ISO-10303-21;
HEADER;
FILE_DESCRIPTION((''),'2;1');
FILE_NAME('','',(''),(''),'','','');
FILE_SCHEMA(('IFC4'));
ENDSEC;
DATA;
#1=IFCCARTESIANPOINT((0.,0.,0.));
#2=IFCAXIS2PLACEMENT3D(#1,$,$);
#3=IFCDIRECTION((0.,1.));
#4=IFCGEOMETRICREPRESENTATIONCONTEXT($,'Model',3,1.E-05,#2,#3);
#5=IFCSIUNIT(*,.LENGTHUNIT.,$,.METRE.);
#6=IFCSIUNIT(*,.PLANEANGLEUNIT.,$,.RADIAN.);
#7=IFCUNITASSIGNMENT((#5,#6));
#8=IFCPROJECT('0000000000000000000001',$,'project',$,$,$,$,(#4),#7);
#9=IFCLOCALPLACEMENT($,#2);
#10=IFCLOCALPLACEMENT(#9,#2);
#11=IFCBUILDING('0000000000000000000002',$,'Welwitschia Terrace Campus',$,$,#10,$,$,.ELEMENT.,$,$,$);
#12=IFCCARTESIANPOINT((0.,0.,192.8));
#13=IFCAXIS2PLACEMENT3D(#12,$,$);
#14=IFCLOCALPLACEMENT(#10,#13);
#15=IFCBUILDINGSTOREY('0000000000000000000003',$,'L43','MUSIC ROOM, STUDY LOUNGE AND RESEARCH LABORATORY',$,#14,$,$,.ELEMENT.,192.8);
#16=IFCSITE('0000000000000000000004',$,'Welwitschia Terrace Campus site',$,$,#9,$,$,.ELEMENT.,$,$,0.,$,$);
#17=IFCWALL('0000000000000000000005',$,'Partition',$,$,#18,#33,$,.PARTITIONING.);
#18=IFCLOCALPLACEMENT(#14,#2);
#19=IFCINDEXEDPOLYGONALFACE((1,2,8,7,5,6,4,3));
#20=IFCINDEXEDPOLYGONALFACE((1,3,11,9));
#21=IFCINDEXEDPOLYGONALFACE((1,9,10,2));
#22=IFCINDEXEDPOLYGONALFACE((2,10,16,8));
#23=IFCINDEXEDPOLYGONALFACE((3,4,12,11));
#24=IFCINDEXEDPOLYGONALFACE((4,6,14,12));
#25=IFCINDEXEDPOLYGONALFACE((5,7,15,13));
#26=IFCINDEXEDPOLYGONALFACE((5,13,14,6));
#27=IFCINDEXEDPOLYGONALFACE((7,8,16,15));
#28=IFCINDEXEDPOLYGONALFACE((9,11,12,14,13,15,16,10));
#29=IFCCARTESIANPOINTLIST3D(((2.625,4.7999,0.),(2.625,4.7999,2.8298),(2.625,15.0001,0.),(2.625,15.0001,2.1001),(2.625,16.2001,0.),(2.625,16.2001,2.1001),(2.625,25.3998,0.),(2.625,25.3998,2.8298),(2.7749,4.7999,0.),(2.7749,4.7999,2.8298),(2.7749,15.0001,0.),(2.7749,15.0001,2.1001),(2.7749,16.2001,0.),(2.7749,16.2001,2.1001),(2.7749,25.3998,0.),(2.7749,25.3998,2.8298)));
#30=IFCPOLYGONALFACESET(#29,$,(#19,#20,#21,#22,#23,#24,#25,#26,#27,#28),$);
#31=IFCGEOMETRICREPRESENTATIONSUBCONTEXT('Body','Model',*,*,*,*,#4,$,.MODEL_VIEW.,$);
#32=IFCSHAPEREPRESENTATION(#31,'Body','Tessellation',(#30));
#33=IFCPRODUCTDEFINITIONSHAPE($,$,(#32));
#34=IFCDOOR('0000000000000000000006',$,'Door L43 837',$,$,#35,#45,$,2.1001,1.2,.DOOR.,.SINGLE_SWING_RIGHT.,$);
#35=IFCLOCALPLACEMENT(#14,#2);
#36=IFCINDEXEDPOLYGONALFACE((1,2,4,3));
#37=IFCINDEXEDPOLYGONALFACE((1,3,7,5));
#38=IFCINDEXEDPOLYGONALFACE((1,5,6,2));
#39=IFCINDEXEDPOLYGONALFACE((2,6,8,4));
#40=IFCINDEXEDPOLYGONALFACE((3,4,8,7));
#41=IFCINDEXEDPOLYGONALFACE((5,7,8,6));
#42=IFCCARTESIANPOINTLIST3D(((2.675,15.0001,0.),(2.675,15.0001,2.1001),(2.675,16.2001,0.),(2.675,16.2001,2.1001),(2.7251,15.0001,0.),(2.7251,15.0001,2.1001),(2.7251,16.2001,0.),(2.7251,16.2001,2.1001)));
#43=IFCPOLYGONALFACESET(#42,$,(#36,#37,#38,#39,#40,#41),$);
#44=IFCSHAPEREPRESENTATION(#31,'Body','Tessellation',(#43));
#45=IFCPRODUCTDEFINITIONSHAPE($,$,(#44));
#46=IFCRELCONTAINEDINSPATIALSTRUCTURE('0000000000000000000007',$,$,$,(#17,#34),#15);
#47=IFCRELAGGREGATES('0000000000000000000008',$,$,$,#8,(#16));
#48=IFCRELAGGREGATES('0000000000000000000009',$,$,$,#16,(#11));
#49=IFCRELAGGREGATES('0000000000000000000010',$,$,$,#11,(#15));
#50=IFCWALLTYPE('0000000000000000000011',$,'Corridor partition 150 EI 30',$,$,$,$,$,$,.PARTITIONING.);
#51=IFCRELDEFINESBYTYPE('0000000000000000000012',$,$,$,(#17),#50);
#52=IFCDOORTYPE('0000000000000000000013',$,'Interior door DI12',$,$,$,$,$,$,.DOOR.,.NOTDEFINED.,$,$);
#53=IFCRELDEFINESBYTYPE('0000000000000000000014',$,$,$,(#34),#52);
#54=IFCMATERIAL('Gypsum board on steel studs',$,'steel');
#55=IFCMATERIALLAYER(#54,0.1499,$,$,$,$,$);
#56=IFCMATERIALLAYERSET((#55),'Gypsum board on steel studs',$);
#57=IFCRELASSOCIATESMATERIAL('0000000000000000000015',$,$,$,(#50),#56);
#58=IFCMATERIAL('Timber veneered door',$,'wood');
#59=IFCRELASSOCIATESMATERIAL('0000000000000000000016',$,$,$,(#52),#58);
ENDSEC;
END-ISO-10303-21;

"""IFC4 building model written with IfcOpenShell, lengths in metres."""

from ifc_helpers import new_model, si_unit, direction, frame, frame_2d, origin, place, context, subcontext, project, spatial, rectangle, extrude, material, layer, layer_set, type_object, element, fill, save


model = new_model("IFC4")

# Units and contexts
model_context = context("Model", 3, precision=1e-05, world=origin(), true_north=direction((0.0, 1.0)))
body_context = subcontext(model_context, "Body", "Model", "MODEL_VIEW")
ifc_project = project(units=[si_unit("LENGTHUNIT", "METRE"), si_unit("PLANEANGLEUNIT", "RADIAN")], contexts=[model_context])

# Site, building, storey
site_placement = place(None, origin())
site = spatial("IfcSite", under=ifc_project, at=site_placement, Name="Welwitschia Terrace Campus site", CompositionType="ELEMENT", RefElevation=0.0)
building_placement = place(site_placement, origin())
building = spatial("IfcBuilding", under=site, at=building_placement, Name="Welwitschia Terrace Campus", CompositionType="ELEMENT")
storey_placement = place(building_placement, frame((0.0, 0.0, 192.8)))
storey = spatial("IfcBuildingStorey", under=building, at=storey_placement, Name="L43", Description="MUSIC ROOM, STUDY LOUNGE AND RESEARCH LABORATORY", CompositionType="ELEMENT", Elevation=192.8)

# Shared definitions
ifc_material_1 = material(Name="Gypsum board on steel studs", Category="steel")
ifc_layer_1 = layer(ifc_material_1, 0.1499)
ifc_layer_set_1 = layer_set([ifc_layer_1], Name="Gypsum board on steel studs")
wall_type_1 = type_object("IfcWallType", Name="Corridor partition 150 EI 30", PredefinedType="PARTITIONING", material=ifc_layer_set_1)

# Wall, opening, door
wall_1_placement = place(storey_placement, frame((2.7, 4.8, 0.0), z_axis=(0.0, 0.0, 1.0), x_axis=(0.0, 1.0, 0.0)))
wall_1 = element("IfcWall", 1, at=wall_1_placement, inside=storey, type_object=wall_type_1, Name="Partition", PredefinedType="PARTITIONING", context=body_context, shape_type="SweptSolid", body=[
    extrude(rectangle(XDim=20.5999, YDim=0.1499, at=frame_2d((10.2998, 0.0))), origin(), (0.0, 0.0, 1.0), 2.8298),
])
opening_1_placement = place(wall_1_placement, frame((10.2, 0.0, 0.0)))
opening_1 = element("IfcOpeningElement", 2, at=opening_1_placement, cuts=wall_1, PredefinedType="OPENING", context=body_context, shape_type="SweptSolid", body=[
    extrude(rectangle(XDim=1.2, YDim=2.1001, at=frame_2d((0.6001, 1.05))), frame((0.0, 0.085, 0.0), z_axis=(0.0, -1.0, 0.0), x_axis=(1.0, 0.0, 0.0)), (0.0, 0.0, 1.0), 0.1699),
])
ifc_material_2 = material(Name="Timber veneered door", Category="wood")
door_type_1 = type_object("IfcDoorType", Name="Interior door DI12", OperationType="NOTDEFINED", PredefinedType="DOOR", material=ifc_material_2)
door_1_placement = place(opening_1_placement, origin())
door_1 = element("IfcDoor", 3, at=door_1_placement, inside=storey, type_object=door_type_1, Name="Door L43 837", OperationType="SINGLE_SWING_RIGHT", OverallHeight=2.1001, OverallWidth=1.2, PredefinedType="DOOR", context=body_context, shape_type="SweptSolid", body=[
    extrude(rectangle(XDim=1.2, YDim=2.1001, at=frame_2d((0.6001, 1.05))), frame((0.0, 0.0249, 0.0), z_axis=(0.0, -1.0, 0.0), x_axis=(1.0, 0.0, 0.0)), (0.0, 0.0, 1.0), 0.05),
])
fill(opening_1, door_1)

save(model, "model.ifc")
